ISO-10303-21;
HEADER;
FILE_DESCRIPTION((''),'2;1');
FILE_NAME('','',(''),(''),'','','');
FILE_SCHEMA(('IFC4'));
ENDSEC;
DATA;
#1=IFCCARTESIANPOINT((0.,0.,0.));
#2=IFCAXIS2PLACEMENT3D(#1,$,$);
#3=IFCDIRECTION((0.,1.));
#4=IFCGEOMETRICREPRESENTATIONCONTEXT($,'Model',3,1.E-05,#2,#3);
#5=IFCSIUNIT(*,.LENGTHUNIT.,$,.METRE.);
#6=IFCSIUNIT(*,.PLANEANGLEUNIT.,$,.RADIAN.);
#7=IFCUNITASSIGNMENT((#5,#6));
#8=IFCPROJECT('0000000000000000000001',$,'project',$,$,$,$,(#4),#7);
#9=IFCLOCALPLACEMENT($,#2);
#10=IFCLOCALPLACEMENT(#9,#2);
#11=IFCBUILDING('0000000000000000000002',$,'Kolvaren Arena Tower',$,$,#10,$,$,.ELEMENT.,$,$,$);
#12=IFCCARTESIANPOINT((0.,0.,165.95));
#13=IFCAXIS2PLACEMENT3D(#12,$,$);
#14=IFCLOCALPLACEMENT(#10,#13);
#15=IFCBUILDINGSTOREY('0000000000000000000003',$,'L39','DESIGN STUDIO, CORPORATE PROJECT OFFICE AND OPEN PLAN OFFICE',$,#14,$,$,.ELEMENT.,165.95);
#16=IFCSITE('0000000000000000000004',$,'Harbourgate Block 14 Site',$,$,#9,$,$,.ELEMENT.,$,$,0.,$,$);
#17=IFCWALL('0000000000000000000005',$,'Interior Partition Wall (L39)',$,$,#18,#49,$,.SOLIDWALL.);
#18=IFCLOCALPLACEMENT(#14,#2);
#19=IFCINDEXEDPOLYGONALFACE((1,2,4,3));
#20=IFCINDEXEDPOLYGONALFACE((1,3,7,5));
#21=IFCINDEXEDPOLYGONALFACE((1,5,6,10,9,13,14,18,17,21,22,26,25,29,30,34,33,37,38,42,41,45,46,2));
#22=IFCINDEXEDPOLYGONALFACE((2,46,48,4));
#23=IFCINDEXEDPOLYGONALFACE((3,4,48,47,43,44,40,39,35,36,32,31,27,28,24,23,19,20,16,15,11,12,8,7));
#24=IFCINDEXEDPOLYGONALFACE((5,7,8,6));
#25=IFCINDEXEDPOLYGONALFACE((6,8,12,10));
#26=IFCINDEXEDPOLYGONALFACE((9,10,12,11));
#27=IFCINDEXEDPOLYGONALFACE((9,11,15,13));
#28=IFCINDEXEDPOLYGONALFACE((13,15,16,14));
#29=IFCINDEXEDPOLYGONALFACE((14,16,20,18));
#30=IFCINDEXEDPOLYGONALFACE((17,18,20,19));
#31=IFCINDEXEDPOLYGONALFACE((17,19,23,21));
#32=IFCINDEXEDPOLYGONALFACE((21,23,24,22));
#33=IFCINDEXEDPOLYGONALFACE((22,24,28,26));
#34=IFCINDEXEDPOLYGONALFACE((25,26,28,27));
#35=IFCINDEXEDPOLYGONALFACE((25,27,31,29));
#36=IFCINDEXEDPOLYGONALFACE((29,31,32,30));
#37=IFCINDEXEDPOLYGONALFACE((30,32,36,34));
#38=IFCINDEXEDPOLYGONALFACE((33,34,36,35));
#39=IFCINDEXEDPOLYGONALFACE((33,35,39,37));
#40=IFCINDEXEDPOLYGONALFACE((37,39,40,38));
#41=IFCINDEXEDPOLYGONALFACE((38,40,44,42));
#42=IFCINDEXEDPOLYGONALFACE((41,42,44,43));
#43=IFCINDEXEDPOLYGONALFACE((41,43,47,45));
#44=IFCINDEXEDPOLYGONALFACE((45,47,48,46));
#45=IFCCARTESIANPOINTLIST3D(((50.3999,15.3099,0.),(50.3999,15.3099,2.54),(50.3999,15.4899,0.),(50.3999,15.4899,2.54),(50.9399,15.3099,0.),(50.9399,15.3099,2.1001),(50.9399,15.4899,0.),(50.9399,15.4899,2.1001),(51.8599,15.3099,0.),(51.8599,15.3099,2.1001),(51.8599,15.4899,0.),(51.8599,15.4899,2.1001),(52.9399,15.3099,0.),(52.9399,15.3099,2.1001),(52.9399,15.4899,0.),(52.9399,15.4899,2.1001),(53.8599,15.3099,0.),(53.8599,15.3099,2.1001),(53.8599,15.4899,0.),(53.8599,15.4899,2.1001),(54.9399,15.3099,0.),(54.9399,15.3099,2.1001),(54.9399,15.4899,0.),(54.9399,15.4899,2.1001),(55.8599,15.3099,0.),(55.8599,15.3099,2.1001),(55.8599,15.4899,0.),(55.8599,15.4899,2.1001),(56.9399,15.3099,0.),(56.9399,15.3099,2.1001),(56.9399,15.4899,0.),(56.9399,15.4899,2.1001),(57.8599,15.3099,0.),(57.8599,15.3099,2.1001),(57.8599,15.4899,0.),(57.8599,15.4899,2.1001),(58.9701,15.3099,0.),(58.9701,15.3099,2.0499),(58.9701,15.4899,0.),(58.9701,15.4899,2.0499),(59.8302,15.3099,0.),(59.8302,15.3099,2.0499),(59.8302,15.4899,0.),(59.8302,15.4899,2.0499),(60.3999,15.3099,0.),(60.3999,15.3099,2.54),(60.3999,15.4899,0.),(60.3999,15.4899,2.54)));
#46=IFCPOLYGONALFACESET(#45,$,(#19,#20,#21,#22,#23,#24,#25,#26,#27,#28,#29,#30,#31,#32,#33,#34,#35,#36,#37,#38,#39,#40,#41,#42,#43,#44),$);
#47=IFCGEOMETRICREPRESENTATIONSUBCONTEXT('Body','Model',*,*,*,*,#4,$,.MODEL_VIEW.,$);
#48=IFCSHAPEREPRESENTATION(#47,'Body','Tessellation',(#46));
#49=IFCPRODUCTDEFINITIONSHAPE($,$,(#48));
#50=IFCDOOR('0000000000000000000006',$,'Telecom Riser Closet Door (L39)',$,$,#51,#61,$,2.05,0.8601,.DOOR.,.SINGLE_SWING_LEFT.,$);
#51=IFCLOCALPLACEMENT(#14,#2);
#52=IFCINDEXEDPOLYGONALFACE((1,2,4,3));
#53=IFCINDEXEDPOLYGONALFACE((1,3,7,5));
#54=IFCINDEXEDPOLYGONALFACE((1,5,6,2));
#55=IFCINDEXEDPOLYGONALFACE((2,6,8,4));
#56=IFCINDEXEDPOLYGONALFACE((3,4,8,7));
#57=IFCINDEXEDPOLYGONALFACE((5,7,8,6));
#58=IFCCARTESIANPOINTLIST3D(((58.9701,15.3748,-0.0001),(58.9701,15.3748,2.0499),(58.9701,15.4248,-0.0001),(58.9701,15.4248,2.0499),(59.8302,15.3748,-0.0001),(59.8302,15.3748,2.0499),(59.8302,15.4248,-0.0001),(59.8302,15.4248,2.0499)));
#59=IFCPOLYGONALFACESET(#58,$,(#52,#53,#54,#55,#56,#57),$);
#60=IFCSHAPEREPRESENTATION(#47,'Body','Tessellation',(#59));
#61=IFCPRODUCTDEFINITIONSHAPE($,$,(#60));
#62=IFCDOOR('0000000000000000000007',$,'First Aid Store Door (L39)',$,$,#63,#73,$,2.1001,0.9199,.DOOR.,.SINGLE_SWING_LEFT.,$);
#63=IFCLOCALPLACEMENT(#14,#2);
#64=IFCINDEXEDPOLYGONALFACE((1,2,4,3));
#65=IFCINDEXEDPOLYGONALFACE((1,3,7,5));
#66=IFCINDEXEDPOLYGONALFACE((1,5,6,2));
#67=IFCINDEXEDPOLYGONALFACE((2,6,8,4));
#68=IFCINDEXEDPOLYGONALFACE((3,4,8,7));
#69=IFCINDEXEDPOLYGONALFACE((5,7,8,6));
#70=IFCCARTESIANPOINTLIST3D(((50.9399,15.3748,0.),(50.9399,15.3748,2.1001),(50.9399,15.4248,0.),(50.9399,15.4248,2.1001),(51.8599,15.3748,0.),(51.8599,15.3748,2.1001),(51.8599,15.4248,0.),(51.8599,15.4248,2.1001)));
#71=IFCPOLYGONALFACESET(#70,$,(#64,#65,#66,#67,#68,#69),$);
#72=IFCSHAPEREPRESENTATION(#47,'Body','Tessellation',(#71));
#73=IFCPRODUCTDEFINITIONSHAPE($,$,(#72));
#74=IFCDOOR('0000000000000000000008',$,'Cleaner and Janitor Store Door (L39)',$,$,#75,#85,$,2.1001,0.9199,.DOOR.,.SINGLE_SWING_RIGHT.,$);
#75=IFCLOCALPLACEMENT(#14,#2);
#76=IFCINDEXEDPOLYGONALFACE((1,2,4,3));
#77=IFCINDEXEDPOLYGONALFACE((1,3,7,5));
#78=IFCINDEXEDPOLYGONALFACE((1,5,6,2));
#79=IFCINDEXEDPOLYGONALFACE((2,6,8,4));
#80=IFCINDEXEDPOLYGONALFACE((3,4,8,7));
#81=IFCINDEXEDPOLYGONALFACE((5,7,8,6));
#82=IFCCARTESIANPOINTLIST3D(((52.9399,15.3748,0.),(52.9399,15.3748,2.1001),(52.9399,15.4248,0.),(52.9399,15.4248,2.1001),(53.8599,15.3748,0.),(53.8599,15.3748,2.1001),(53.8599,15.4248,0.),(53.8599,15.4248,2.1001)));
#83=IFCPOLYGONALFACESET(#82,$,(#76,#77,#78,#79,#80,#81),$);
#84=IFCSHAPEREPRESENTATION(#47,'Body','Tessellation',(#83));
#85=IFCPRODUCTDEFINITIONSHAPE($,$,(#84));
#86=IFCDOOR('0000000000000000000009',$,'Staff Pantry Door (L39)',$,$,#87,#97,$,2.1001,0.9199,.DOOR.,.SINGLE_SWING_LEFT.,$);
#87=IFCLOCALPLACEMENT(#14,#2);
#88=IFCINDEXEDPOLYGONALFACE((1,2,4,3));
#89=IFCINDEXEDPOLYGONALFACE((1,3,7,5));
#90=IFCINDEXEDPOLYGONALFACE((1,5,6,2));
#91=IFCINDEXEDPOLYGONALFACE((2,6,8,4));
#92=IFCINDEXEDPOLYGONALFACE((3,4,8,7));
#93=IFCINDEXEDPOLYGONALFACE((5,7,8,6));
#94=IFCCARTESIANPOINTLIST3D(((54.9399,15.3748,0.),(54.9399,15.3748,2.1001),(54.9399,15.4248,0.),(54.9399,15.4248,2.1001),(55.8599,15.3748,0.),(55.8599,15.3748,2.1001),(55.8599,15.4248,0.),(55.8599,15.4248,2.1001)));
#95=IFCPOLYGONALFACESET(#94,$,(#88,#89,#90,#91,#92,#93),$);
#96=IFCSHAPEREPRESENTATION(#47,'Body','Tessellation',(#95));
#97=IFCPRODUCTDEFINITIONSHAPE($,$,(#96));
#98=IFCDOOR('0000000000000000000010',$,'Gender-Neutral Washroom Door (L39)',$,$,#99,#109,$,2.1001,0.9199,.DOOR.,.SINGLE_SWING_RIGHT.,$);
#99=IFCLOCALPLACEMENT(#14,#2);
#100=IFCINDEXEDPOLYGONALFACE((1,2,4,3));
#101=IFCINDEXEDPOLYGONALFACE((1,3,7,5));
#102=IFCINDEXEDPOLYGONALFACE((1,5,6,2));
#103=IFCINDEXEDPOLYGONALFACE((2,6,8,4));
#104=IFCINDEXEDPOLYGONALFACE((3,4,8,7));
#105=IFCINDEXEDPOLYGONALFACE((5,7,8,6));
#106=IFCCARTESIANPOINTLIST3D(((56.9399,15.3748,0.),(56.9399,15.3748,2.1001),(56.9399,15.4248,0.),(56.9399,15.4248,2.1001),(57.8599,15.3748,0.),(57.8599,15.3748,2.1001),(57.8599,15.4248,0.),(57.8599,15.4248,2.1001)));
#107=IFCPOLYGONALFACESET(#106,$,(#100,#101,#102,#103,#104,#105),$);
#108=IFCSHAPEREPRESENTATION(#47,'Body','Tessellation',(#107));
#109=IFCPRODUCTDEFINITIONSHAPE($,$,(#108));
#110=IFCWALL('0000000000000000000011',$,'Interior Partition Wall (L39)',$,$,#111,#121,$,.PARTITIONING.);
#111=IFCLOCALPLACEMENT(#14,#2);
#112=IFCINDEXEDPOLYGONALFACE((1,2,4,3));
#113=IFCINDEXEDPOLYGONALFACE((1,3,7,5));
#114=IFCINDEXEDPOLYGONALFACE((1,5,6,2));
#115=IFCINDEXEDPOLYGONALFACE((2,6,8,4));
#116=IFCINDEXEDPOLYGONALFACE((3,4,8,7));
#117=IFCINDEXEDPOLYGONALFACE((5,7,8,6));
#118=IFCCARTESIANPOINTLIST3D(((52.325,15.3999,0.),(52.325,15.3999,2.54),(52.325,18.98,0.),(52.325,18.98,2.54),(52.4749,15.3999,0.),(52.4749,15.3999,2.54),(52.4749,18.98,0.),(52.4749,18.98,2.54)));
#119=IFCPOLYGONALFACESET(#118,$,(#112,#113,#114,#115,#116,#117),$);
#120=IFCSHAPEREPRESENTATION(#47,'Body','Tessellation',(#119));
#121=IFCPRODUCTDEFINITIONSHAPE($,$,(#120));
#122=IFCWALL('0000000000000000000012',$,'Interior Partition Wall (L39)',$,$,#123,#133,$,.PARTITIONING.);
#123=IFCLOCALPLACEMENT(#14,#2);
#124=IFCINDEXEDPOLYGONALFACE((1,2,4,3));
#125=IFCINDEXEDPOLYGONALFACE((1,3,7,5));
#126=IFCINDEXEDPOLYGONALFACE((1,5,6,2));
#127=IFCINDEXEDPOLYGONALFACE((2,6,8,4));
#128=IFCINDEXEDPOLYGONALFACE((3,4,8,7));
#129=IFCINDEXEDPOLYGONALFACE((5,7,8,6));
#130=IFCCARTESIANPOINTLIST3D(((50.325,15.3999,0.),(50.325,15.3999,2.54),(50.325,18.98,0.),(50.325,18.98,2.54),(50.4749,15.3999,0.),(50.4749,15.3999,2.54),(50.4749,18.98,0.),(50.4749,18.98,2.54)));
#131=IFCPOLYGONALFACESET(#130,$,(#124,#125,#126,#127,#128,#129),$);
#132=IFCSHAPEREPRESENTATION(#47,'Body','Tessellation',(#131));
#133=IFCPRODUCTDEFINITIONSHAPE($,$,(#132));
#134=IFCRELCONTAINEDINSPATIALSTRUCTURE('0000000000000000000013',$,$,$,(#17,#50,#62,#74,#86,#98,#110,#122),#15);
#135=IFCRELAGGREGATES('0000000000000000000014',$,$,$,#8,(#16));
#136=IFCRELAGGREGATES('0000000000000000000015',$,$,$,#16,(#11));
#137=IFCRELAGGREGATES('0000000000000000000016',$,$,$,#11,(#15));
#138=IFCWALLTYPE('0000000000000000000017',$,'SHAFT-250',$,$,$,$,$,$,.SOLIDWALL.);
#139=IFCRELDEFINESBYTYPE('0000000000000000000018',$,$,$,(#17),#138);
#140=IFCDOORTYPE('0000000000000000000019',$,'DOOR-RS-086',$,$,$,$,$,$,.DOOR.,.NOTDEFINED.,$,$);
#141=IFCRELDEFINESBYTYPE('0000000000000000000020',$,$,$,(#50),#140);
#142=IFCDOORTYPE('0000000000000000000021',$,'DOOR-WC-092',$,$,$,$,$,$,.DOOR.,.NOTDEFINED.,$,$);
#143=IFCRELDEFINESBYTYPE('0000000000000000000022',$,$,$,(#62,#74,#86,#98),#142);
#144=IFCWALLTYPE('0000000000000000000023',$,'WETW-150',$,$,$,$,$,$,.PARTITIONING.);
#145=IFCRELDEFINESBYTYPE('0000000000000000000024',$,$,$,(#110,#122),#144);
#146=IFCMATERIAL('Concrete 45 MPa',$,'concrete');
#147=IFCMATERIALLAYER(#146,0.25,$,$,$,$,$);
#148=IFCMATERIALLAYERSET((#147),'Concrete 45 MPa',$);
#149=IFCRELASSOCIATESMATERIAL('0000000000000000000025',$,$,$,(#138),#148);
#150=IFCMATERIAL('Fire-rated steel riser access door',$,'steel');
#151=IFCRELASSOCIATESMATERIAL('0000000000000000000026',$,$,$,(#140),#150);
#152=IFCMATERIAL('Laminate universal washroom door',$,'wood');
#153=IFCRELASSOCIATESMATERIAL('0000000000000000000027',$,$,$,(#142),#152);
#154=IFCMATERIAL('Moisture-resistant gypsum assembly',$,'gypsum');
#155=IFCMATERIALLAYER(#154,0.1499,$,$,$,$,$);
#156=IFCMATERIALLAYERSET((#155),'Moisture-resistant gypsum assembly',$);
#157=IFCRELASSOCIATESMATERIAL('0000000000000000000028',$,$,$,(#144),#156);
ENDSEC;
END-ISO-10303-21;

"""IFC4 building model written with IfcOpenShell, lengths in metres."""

from ifc_helpers import new_model, si_unit, direction, frame, frame_2d, origin, place, context, subcontext, project, spatial, rectangle, extrude, material, layer, layer_set, type_object, element, fill, save


model = new_model("IFC4")

# Units and contexts
model_context = context("Model", 3, precision=1e-05, world=origin(), true_north=direction((0.0, 1.0)))
body_context = subcontext(model_context, "Body", "Model", "MODEL_VIEW")
ifc_project = project(units=[si_unit("LENGTHUNIT", "METRE"), si_unit("PLANEANGLEUNIT", "RADIAN")], contexts=[model_context])

# Site, building, storey
site_placement = place(None, origin())
site = spatial("IfcSite", under=ifc_project, at=site_placement, Name="Harbourgate Block 14 Site", CompositionType="ELEMENT", RefElevation=0.0)
building_placement = place(site_placement, origin())
building = spatial("IfcBuilding", under=site, at=building_placement, Name="Kolvaren Arena Tower", CompositionType="ELEMENT")
storey_placement = place(building_placement, frame((0.0, 0.0, 165.95)))
storey = spatial("IfcBuildingStorey", under=building, at=storey_placement, Name="L39", Description="DESIGN STUDIO, CORPORATE PROJECT OFFICE AND OPEN PLAN OFFICE", CompositionType="ELEMENT", Elevation=165.95)

# Wall, openings, doors
ifc_material_1 = material(Name="Concrete 45 MPa", Category="concrete")
ifc_layer_1 = layer(ifc_material_1, 0.25)
ifc_layer_set_1 = layer_set([ifc_layer_1], Name="Concrete 45 MPa")
wall_type_1 = type_object("IfcWallType", Name="SHAFT-250", PredefinedType="SOLIDWALL", material=ifc_layer_set_1)
wall_1_placement = place(storey_placement, frame((50.3999, 15.3999, 0.0), z_axis=(0.0, 0.0, 1.0), x_axis=(1.0, 0.0, 0.0)))
wall_1 = element("IfcWall", 1, at=wall_1_placement, inside=storey, type_object=wall_type_1, Name="Interior Partition Wall (L39)", PredefinedType="SOLIDWALL", context=body_context, shape_type="SweptSolid", body=[
    extrude(rectangle(XDim=10.0, YDim=0.1799, at=frame_2d((5.0, 0.0))), origin(), (0.0, 0.0, 1.0), 2.54),
])
opening_1_placement = place(wall_1_placement, frame((0.54, 0.0, 0.0)))
opening_1 = element("IfcOpeningElement", 2, at=opening_1_placement, cuts=wall_1, PredefinedType="OPENING", context=body_context, shape_type="SweptSolid", body=[
    extrude(rectangle(XDim=0.9199, YDim=2.1001, at=frame_2d((0.46, 1.05))), frame((0.0, 0.0999, 0.0), z_axis=(0.0, -1.0, 0.0), x_axis=(1.0, 0.0, 0.0)), (0.0, 0.0, 1.0), 0.2),
])
opening_2_placement = place(wall_1_placement, frame((2.54, 0.0, 0.0)))
opening_2 = element("IfcOpeningElement", 3, at=opening_2_placement, cuts=wall_1, PredefinedType="OPENING", context=body_context, shape_type="SweptSolid", body=[
    extrude(rectangle(XDim=0.9199, YDim=2.1001, at=frame_2d((0.46, 1.05))), frame((0.0, 0.0999, 0.0), z_axis=(0.0, -1.0, 0.0), x_axis=(1.0, 0.0, 0.0)), (0.0, 0.0, 1.0), 0.2),
])
opening_3_placement = place(wall_1_placement, frame((4.54, 0.0, 0.0)))
opening_3 = element("IfcOpeningElement", 4, at=opening_3_placement, cuts=wall_1, PredefinedType="OPENING", context=body_context, shape_type="SweptSolid", body=[
    extrude(rectangle(XDim=0.9199, YDim=2.1001, at=frame_2d((0.46, 1.05))), frame((0.0, 0.0999, 0.0), z_axis=(0.0, -1.0, 0.0), x_axis=(1.0, 0.0, 0.0)), (0.0, 0.0, 1.0), 0.2),
])
opening_4_placement = place(wall_1_placement, frame((6.54, 0.0, 0.0)))
opening_4 = element("IfcOpeningElement", 5, at=opening_4_placement, cuts=wall_1, PredefinedType="OPENING", context=body_context, shape_type="SweptSolid", body=[
    extrude(rectangle(XDim=0.9199, YDim=2.1001, at=frame_2d((0.46, 1.05))), frame((0.0, 0.0999, 0.0), z_axis=(0.0, -1.0, 0.0), x_axis=(1.0, 0.0, 0.0)), (0.0, 0.0, 1.0), 0.2),
])
opening_5_placement = place(wall_1_placement, frame((8.5701, 0.0, 0.0)))
opening_5 = element("IfcOpeningElement", 6, at=opening_5_placement, cuts=wall_1, PredefinedType="OPENING", context=body_context, shape_type="SweptSolid", body=[
    extrude(rectangle(XDim=0.8601, YDim=2.05, at=frame_2d((0.4302, 1.0249))), frame((0.0, 0.0999, 0.0), z_axis=(0.0, -1.0, 0.0), x_axis=(1.0, 0.0, 0.0)), (0.0, 0.0, 1.0), 0.2),
])
ifc_material_2 = material(Name="Fire-rated steel riser access door", Category="steel")
door_type_1 = type_object("IfcDoorType", Name="DOOR-RS-086", OperationType="NOTDEFINED", PredefinedType="DOOR", material=ifc_material_2)
door_1_placement = place(opening_5_placement, origin())
door_1 = element("IfcDoor", 7, at=door_1_placement, inside=storey, type_object=door_type_1, Name="Telecom Riser Closet Door (L39)", OperationType="SINGLE_SWING_LEFT", OverallHeight=2.05, OverallWidth=0.8601, PredefinedType="DOOR", context=body_context, shape_type="SweptSolid", body=[
    extrude(rectangle(XDim=0.8601, YDim=2.05, at=frame_2d((0.4302, 1.0249))), frame((0.0, 0.0249, 0.0), z_axis=(0.0, -1.0, 0.0), x_axis=(1.0, 0.0, 0.0)), (0.0, 0.0, 1.0), 0.05),
])
fill(opening_5, door_1)
ifc_material_3 = material(Name="Laminate universal washroom door", Category="wood")
door_type_2 = type_object("IfcDoorType", Name="DOOR-WC-092", OperationType="NOTDEFINED", PredefinedType="DOOR", material=ifc_material_3)
door_2_placement = place(opening_1_placement, origin())
door_2 = element("IfcDoor", 8, at=door_2_placement, inside=storey, type_object=door_type_2, Name="First Aid Store Door (L39)", OperationType="SINGLE_SWING_LEFT", OverallHeight=2.1001, OverallWidth=0.9199, PredefinedType="DOOR", context=body_context, shape_type="SweptSolid", body=[
    extrude(rectangle(XDim=0.9199, YDim=2.1001, at=frame_2d((0.46, 1.05))), frame((0.0, 0.0249, 0.0), z_axis=(0.0, -1.0, 0.0), x_axis=(1.0, 0.0, 0.0)), (0.0, 0.0, 1.0), 0.05),
])
fill(opening_1, door_2)
door_3_placement = place(opening_2_placement, origin())
door_3 = element("IfcDoor", 9, at=door_3_placement, inside=storey, type_object=door_type_2, Name="Cleaner and Janitor Store Door (L39)", OperationType="SINGLE_SWING_RIGHT", OverallHeight=2.1001, OverallWidth=0.9199, PredefinedType="DOOR", context=body_context, shape_type="SweptSolid", body=[
    extrude(rectangle(XDim=0.9199, YDim=2.1001, at=frame_2d((0.46, 1.05))), frame((0.0, 0.0249, 0.0), z_axis=(0.0, -1.0, 0.0), x_axis=(1.0, 0.0, 0.0)), (0.0, 0.0, 1.0), 0.05),
])
fill(opening_2, door_3)
door_4_placement = place(opening_3_placement, origin())
door_4 = element("IfcDoor", 10, at=door_4_placement, inside=storey, type_object=door_type_2, Name="Staff Pantry Door (L39)", OperationType="SINGLE_SWING_LEFT", OverallHeight=2.1001, OverallWidth=0.9199, PredefinedType="DOOR", context=body_context, shape_type="SweptSolid", body=[
    extrude(rectangle(XDim=0.9199, YDim=2.1001, at=frame_2d((0.46, 1.05))), frame((0.0, 0.0249, 0.0), z_axis=(0.0, -1.0, 0.0), x_axis=(1.0, 0.0, 0.0)), (0.0, 0.0, 1.0), 0.05),
])
fill(opening_3, door_4)
door_5_placement = place(opening_4_placement, origin())
door_5 = element("IfcDoor", 11, at=door_5_placement, inside=storey, type_object=door_type_2, Name="Gender-Neutral Washroom Door (L39)", OperationType="SINGLE_SWING_RIGHT", OverallHeight=2.1001, OverallWidth=0.9199, PredefinedType="DOOR", context=body_context, shape_type="SweptSolid", body=[
    extrude(rectangle(XDim=0.9199, YDim=2.1001, at=frame_2d((0.46, 1.05))), frame((0.0, 0.0249, 0.0), z_axis=(0.0, -1.0, 0.0), x_axis=(1.0, 0.0, 0.0)), (0.0, 0.0, 1.0), 0.05),
])
fill(opening_4, door_5)

# Walls
ifc_material_4 = material(Name="Moisture-resistant gypsum assembly", Category="gypsum")
ifc_layer_2 = layer(ifc_material_4, 0.1499)
ifc_layer_set_2 = layer_set([ifc_layer_2], Name="Moisture-resistant gypsum assembly")
wall_type_2 = type_object("IfcWallType", Name="WETW-150", PredefinedType="PARTITIONING", material=ifc_layer_set_2)
for number, where, z_axis, x_axis, name in (
    (12, (52.3999, 15.3999, 0.0), (0.0, 0.0, 1.0), (0.0, 1.0, 0.0), "Interior Partition Wall (L39)"),
    (13, (50.3999, 15.3999, 0.0), (0.0, 0.0, 1.0), (0.0, 1.0, 0.0), "Interior Partition Wall (L39)"),
):
    element("IfcWall", number, at=place(storey_placement, frame(where, z_axis=z_axis, x_axis=x_axis)), inside=storey, type_object=wall_type_2, Name=name, PredefinedType="PARTITIONING", context=body_context, shape_type="SweptSolid", body=[
        extrude(rectangle(XDim=3.5801, YDim=0.1499, at=frame_2d((1.79, 0.0))), origin(), (0.0, 0.0, 1.0), 2.54),
    ])

save(model, "model.ifc")
